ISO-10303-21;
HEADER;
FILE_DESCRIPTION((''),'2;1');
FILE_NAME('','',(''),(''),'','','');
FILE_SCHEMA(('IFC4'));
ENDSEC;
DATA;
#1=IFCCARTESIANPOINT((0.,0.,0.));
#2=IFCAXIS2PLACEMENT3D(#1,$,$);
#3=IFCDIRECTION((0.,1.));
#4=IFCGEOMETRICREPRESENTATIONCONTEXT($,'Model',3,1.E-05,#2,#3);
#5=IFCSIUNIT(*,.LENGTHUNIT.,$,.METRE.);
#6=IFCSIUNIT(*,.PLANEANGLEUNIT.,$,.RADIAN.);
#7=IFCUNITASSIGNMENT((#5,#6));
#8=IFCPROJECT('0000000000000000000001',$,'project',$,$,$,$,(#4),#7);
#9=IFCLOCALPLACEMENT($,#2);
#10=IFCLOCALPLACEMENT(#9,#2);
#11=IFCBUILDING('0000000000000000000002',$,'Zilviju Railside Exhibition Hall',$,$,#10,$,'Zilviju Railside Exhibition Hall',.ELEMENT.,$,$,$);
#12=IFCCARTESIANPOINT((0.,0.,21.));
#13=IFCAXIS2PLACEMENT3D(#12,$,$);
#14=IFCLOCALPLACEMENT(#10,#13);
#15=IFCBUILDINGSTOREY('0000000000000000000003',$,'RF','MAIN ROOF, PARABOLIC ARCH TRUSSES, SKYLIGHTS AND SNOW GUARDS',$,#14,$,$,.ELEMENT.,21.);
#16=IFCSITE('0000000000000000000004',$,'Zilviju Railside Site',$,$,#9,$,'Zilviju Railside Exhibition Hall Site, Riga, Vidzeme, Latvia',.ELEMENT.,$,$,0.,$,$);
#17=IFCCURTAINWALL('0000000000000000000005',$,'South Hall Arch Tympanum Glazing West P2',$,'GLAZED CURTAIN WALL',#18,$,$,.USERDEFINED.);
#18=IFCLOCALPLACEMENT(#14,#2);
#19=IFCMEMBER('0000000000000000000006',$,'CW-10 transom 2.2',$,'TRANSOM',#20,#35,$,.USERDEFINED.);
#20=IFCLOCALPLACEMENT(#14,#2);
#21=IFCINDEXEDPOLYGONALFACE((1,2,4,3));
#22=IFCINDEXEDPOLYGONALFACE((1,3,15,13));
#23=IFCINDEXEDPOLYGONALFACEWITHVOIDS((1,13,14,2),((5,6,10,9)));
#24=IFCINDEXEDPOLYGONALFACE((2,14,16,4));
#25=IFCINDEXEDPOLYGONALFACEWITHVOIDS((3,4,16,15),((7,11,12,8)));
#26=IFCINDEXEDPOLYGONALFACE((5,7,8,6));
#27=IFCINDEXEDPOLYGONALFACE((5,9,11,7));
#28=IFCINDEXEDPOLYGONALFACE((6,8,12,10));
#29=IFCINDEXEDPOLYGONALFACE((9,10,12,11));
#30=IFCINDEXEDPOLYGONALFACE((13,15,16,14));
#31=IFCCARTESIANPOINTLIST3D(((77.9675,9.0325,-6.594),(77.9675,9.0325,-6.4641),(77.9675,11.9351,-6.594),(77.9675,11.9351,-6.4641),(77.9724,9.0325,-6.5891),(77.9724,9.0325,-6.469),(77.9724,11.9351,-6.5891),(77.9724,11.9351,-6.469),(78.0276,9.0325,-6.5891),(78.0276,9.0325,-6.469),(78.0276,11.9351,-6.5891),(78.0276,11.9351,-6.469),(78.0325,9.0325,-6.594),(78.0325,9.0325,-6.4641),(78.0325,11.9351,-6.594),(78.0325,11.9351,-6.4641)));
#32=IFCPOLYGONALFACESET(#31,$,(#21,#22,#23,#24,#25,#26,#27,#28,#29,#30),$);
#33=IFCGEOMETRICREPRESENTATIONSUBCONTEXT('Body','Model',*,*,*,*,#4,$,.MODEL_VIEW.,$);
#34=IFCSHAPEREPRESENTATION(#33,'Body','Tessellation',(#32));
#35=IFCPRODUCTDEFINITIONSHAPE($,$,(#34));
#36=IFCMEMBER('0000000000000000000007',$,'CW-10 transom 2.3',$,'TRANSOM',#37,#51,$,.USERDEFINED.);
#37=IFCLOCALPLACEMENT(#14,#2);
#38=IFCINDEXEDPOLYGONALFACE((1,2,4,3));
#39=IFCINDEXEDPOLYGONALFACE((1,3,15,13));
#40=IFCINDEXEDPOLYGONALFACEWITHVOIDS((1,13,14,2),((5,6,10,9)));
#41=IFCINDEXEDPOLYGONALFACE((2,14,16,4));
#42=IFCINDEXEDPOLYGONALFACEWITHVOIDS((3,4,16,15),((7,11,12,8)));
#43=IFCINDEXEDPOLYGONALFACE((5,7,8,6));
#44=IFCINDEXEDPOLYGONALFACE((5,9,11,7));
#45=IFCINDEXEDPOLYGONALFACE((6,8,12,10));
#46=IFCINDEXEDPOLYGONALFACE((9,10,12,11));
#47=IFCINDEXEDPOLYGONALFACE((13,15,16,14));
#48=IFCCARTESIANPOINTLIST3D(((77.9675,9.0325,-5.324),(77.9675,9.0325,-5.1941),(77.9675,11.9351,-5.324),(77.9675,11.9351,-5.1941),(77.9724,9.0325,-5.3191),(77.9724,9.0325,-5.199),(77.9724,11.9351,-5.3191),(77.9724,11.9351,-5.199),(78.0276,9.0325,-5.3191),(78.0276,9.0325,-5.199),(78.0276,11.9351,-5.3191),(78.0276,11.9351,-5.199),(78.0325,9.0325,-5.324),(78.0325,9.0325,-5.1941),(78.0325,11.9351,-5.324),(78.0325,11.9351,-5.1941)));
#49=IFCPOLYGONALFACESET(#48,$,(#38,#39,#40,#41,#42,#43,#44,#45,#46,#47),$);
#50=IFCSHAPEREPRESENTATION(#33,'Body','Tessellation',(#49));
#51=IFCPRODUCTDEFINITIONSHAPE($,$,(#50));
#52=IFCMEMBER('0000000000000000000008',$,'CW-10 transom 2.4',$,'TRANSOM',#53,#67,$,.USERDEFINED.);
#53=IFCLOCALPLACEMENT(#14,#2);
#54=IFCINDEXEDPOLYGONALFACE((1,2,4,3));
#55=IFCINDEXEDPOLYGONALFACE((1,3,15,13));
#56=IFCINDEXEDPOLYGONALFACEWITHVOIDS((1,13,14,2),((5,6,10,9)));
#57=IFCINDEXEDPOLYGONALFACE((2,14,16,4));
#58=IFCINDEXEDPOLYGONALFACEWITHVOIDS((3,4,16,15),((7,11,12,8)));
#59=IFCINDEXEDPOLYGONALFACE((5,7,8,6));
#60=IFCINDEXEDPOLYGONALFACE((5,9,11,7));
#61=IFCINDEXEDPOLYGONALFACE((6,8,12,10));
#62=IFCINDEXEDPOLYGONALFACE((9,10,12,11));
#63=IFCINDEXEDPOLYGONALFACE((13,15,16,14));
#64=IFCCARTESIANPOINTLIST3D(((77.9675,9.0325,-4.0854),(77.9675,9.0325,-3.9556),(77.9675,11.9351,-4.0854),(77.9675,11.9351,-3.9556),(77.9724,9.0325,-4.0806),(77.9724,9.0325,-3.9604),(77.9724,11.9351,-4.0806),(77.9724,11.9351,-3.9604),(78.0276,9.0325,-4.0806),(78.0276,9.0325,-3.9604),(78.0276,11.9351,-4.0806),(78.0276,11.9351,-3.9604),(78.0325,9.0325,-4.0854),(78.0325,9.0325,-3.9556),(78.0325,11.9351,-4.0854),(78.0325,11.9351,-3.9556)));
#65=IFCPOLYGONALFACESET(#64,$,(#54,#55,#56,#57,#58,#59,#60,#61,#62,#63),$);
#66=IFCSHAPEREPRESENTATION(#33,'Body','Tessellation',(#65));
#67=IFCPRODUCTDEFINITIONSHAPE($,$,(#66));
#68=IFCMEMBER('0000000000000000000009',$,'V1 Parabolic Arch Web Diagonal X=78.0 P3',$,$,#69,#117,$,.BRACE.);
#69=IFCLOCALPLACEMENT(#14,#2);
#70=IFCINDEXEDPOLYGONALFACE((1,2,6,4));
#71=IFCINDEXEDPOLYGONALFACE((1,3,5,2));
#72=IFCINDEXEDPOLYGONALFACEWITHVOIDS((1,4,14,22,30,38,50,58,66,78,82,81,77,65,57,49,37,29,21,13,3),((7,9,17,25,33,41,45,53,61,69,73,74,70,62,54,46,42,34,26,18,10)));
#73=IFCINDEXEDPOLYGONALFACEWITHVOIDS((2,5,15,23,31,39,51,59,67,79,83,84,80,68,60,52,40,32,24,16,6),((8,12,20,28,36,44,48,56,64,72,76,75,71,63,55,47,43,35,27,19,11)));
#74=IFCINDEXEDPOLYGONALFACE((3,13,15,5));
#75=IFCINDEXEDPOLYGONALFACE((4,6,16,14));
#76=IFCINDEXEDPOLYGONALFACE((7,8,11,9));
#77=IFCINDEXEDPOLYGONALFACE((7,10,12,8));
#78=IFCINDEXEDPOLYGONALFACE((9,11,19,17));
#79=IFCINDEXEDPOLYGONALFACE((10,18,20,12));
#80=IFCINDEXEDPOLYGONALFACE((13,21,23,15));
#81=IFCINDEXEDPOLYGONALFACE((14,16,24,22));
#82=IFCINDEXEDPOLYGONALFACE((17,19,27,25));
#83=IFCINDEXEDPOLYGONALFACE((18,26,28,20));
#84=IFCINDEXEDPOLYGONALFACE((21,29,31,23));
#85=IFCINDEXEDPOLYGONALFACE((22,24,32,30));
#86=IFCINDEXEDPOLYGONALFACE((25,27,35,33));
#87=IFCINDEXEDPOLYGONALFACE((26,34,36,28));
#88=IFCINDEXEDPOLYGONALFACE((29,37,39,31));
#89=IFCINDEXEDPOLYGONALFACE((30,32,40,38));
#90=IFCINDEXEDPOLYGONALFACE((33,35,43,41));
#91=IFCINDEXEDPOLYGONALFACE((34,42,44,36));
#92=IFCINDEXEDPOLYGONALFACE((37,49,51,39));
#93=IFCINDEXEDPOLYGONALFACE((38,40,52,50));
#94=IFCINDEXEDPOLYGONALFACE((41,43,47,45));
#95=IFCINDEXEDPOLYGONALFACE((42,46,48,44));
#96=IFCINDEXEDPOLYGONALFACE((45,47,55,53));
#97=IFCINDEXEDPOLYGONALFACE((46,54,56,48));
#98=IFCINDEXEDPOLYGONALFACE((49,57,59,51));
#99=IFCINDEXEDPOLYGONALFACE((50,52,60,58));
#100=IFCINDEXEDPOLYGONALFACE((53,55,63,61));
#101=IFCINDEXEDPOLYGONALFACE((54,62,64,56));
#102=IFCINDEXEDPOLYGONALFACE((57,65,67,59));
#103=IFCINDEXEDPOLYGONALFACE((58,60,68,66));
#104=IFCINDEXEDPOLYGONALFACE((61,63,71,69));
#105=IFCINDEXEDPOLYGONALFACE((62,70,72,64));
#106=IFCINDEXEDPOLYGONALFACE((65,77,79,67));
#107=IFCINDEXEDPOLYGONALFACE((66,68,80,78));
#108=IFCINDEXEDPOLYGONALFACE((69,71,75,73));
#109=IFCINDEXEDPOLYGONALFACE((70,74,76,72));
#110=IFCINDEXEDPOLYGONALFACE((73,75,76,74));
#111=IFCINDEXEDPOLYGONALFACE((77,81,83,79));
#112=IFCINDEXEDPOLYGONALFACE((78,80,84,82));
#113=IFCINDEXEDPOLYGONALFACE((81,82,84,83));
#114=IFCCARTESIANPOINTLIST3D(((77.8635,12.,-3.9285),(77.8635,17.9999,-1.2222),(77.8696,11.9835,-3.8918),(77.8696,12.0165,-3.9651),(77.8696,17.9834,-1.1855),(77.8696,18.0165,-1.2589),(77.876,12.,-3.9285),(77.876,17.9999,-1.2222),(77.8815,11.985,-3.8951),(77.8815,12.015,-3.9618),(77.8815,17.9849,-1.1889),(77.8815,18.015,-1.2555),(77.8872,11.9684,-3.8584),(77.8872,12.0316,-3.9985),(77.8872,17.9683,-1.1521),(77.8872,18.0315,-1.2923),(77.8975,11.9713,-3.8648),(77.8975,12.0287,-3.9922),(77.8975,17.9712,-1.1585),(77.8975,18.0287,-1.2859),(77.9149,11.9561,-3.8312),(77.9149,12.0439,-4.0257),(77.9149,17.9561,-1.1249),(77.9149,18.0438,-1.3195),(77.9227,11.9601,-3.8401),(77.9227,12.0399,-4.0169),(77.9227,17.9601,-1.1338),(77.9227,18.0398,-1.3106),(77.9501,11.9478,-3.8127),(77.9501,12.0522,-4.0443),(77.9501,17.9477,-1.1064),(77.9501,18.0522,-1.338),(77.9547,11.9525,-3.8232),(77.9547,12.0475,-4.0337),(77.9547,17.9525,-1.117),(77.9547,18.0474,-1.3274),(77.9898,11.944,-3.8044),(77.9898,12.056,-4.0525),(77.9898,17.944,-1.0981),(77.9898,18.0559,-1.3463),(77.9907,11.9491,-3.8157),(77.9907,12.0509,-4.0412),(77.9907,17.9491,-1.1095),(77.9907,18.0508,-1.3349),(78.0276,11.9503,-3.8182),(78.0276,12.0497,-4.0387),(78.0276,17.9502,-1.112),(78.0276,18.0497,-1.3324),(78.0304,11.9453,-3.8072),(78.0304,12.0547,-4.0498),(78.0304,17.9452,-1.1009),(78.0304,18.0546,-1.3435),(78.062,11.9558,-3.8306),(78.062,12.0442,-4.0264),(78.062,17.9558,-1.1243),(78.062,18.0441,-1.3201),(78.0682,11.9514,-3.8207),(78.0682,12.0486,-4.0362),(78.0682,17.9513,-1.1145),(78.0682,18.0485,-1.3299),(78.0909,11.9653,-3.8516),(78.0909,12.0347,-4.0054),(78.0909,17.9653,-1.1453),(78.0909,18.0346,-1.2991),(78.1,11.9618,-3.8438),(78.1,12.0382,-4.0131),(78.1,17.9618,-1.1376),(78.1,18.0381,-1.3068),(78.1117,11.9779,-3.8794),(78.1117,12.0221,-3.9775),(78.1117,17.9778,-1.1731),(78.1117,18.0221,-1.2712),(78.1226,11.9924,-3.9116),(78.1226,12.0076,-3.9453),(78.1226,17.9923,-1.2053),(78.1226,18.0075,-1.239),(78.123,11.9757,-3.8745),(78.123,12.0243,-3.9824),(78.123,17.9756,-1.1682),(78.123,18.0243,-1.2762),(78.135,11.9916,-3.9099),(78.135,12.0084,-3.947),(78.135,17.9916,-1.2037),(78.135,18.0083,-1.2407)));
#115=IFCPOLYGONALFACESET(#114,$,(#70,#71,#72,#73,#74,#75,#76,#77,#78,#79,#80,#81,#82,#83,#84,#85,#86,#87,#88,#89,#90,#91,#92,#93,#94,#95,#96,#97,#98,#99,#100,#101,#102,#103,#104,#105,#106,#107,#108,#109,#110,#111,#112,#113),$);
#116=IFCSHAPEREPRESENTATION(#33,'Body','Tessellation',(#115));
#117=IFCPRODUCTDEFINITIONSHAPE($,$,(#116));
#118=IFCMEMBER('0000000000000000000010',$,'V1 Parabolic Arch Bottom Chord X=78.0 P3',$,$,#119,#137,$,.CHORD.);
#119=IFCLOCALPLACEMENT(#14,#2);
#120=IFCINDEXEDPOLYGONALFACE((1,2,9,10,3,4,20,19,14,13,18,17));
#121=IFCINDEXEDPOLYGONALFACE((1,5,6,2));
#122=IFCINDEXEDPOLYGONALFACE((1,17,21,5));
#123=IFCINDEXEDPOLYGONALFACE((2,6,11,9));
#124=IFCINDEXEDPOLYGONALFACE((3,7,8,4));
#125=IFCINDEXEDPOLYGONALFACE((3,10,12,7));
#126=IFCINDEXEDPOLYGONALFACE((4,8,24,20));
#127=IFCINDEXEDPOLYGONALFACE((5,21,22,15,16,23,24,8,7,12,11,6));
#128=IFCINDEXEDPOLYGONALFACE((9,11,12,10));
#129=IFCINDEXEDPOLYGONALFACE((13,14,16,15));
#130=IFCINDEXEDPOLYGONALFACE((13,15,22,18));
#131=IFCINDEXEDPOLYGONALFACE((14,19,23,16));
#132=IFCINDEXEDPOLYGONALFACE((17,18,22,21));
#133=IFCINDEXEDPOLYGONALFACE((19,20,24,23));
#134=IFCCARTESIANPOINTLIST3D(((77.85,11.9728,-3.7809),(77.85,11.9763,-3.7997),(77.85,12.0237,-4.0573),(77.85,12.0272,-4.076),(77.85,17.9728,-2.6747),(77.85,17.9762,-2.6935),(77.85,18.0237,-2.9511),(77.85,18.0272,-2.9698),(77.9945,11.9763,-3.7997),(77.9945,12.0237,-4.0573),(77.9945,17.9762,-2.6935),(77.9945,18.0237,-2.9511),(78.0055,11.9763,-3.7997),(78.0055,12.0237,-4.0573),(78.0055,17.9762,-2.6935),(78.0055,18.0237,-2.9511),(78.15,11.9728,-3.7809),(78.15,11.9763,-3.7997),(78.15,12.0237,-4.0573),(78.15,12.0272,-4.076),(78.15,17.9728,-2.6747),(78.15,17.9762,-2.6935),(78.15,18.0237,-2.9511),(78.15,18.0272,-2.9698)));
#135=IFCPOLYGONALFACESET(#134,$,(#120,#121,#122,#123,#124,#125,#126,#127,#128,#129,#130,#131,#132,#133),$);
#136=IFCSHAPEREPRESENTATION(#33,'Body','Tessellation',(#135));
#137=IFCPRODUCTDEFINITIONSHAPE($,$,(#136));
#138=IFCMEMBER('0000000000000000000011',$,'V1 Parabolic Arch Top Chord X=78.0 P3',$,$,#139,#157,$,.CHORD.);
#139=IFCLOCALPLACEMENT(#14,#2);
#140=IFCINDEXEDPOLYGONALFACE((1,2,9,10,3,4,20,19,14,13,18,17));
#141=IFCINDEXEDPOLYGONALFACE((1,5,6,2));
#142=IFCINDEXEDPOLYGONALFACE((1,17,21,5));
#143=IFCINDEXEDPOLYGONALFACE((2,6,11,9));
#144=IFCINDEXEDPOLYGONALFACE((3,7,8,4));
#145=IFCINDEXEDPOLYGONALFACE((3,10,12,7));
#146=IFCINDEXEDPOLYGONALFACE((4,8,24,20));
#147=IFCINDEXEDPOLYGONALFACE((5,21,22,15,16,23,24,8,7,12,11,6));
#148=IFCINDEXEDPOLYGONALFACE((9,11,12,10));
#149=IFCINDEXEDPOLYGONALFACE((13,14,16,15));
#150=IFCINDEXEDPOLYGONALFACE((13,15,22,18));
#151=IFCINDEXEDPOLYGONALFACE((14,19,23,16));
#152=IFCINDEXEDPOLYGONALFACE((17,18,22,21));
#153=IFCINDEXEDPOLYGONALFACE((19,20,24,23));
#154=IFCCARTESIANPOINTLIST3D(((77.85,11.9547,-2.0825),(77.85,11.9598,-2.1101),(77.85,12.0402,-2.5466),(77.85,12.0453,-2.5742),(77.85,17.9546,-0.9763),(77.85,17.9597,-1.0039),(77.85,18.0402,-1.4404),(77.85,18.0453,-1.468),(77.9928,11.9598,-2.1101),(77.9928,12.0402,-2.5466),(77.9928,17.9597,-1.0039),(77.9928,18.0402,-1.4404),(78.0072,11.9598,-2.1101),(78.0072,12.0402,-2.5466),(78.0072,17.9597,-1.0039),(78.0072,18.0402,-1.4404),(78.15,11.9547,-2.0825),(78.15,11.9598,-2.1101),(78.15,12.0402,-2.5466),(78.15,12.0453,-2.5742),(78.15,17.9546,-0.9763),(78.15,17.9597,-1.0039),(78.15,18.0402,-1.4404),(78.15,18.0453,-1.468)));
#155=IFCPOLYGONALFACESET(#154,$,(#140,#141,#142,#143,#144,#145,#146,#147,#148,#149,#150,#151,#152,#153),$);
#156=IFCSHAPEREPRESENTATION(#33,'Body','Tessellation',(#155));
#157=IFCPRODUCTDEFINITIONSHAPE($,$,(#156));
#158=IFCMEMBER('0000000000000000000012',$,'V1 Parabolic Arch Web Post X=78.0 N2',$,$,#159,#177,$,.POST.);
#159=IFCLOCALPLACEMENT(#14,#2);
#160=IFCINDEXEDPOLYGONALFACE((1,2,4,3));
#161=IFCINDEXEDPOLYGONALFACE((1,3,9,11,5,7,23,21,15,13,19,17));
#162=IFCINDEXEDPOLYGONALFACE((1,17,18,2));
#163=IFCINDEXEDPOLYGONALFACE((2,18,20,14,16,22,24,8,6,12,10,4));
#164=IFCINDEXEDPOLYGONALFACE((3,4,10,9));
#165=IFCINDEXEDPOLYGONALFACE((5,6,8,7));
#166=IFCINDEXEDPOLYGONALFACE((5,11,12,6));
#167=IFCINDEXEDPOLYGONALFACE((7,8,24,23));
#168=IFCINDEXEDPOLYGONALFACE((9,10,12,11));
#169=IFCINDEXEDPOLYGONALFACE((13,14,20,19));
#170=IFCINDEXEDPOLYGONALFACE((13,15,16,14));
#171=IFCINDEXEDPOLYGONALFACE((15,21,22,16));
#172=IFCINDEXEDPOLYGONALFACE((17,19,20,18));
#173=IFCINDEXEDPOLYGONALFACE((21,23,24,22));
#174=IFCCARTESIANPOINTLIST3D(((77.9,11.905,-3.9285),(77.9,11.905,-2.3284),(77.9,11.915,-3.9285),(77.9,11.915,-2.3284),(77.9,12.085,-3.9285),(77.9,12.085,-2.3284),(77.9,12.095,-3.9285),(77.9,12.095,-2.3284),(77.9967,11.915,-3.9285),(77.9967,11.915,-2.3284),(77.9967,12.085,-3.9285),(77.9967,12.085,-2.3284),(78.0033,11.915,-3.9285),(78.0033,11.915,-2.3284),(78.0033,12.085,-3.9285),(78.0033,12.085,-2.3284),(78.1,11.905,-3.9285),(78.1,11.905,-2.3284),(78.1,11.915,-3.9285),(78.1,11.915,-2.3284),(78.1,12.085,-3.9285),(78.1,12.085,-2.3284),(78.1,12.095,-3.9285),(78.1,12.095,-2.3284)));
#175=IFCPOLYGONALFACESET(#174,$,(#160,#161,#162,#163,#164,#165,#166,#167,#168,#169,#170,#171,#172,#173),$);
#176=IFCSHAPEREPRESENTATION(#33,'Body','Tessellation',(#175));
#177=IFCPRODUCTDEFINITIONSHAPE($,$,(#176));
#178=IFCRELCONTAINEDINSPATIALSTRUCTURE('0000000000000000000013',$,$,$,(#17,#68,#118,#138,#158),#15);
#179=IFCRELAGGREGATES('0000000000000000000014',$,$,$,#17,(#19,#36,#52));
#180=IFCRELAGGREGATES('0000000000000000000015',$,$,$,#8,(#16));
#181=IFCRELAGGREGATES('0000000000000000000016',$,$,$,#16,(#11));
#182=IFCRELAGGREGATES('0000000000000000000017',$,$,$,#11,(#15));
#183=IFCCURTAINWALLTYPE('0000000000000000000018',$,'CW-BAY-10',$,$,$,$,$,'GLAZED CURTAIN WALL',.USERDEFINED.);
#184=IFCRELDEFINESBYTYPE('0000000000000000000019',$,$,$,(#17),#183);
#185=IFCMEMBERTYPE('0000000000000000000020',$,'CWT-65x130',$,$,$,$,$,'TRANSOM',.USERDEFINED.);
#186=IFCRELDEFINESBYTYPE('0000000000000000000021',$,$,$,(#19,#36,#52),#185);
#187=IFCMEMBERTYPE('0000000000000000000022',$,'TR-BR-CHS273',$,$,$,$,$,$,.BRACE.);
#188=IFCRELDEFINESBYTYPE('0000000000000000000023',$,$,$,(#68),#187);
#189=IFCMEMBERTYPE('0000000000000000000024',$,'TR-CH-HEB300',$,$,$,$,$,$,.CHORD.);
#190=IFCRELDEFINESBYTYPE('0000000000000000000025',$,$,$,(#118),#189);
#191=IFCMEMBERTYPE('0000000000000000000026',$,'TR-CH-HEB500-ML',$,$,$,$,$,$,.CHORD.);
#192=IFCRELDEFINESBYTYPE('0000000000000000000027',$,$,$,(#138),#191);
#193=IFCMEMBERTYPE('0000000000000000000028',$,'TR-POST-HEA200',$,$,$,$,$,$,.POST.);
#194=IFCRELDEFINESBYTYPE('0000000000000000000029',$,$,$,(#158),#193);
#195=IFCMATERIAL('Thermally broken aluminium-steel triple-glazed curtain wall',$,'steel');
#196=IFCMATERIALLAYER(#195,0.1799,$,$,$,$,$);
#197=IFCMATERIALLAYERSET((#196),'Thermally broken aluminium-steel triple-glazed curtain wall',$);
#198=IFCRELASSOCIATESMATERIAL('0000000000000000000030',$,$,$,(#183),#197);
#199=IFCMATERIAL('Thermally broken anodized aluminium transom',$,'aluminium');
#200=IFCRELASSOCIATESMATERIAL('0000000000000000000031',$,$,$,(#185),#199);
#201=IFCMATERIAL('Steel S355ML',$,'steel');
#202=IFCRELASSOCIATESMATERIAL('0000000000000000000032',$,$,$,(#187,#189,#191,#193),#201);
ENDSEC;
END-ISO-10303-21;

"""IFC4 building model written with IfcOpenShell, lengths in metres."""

from ifc_helpers import new_model, si_unit, direction, frame, origin, origin_2d, place, context, subcontext, project, spatial, hollow_rectangle, hollow_circle, i_section, extrude, material, layer, layer_set, material_profile, profile_set, type_object, element, aggregate, save


model = new_model("IFC4")

# Units and contexts
model_context = context("Model", 3, precision=1e-05, world=origin(), true_north=direction((0.0, 1.0)))
body_context = subcontext(model_context, "Body", "Model", "MODEL_VIEW")
ifc_project = project(units=[si_unit("LENGTHUNIT", "METRE"), si_unit("PLANEANGLEUNIT", "RADIAN")], contexts=[model_context])

# Site, building, storey
site_placement = place(None, origin())
site = spatial("IfcSite", under=ifc_project, at=site_placement, Name="Zilviju Railside Site", LongName="Zilviju Railside Exhibition Hall Site, Riga, Vidzeme, Latvia", CompositionType="ELEMENT", RefElevation=0.0)
building_placement = place(site_placement, origin())
building = spatial("IfcBuilding", under=site, at=building_placement, Name="Zilviju Railside Exhibition Hall", LongName="Zilviju Railside Exhibition Hall", CompositionType="ELEMENT")
storey_placement = place(building_placement, frame((0.0, 0.0, 21.0)))
storey = spatial("IfcBuildingStorey", under=building, at=storey_placement, Name="RF", Description="MAIN ROOF, PARABOLIC ARCH TRUSSES, SKYLIGHTS AND SNOW GUARDS", CompositionType="ELEMENT", Elevation=21.0)

# Shared definitions
ifc_material_1 = material(Name="Thermally broken aluminium-steel triple-glazed curtain wall", Category="steel")

# Curtain wall
ifc_layer_1 = layer(ifc_material_1, 0.1799)
ifc_layer_set_1 = layer_set([ifc_layer_1], Name="Thermally broken aluminium-steel triple-glazed curtain wall")
curtain_wall_type_1 = type_object("IfcCurtainWallType", Name="CW-BAY-10", ElementType="GLAZED CURTAIN WALL", PredefinedType="USERDEFINED", material=ifc_layer_set_1)
curtain_wall_1_placement = place(storey_placement, origin())
curtain_wall_1 = element("IfcCurtainWall", 1, at=curtain_wall_1_placement, inside=storey, type_object=curtain_wall_type_1, Name="South Hall Arch Tympanum Glazing West P2", ObjectType="GLAZED CURTAIN WALL", PredefinedType="USERDEFINED")

# Members
ifc_material_2 = material(Name="Thermally broken anodized aluminium transom", Category="aluminium")
ifc_material_profile_1 = material_profile(ifc_material_2, hollow_rectangle(XDim=0.0649, YDim=0.1299, WallThickness=0.0049, at=origin_2d()), Name="TRANSOM 130x65x5")
ifc_profile_set_1 = profile_set([ifc_material_profile_1], Name="Thermally broken anodized aluminium transom")
member_type_1 = type_object("IfcMemberType", Name="CWT-65x130", ElementType="TRANSOM", PredefinedType="USERDEFINED", material=ifc_profile_set_1)
member_1_placement = place(storey_placement, frame((78.0, 9.0325, -6.5291), z_axis=(0.0, 1.0, 0.0), x_axis=(-1.0, 0.0, 0.0)))
member_1 = element("IfcMember", 2, at=member_1_placement, type_object=member_type_1, Name="CW-10 transom 2.2", ObjectType="TRANSOM", PredefinedType="USERDEFINED", context=body_context, shape_type="SweptSolid", body=[
    extrude(hollow_rectangle(XDim=0.0649, YDim=0.1299, WallThickness=0.0049, at=origin_2d()), origin(), (0.0, 0.0, 1.0), 2.9026),
])
member_2_placement = place(storey_placement, frame((78.0, 9.0325, -5.259), z_axis=(0.0, 1.0, 0.0), x_axis=(-1.0, 0.0, 0.0)))
member_2 = element("IfcMember", 3, at=member_2_placement, type_object=member_type_1, Name="CW-10 transom 2.3", ObjectType="TRANSOM", PredefinedType="USERDEFINED", context=body_context, shape_type="SweptSolid", body=[
    extrude(hollow_rectangle(XDim=0.0649, YDim=0.1299, WallThickness=0.0049, at=origin_2d()), origin(), (0.0, 0.0, 1.0), 2.9026),
])
member_3_placement = place(storey_placement, frame((78.0, 9.0325, -4.0205), z_axis=(0.0, 1.0, 0.0), x_axis=(-1.0, 0.0, 0.0)))
member_3 = element("IfcMember", 4, at=member_3_placement, type_object=member_type_1, Name="CW-10 transom 2.4", ObjectType="TRANSOM", PredefinedType="USERDEFINED", context=body_context, shape_type="SweptSolid", body=[
    extrude(hollow_rectangle(XDim=0.0649, YDim=0.1299, WallThickness=0.0049, at=origin_2d()), origin(), (0.0, 0.0, 1.0), 2.9026),
])

# Members
ifc_material_3 = material(Name="Steel S355ML", Category="steel")
ifc_material_profile_2 = material_profile(ifc_material_3, hollow_circle(Radius=0.1365, WallThickness=0.0125, at=origin_2d()), Name="CHS 273.0x12.5")
ifc_profile_set_2 = profile_set([ifc_material_profile_2], Name="Steel S355ML")
member_type_2 = type_object("IfcMemberType", Name="TR-BR-CHS273", PredefinedType="BRACE", material=ifc_profile_set_2)
member_4_placement = place(storey_placement, frame((78.0, 12.0, -3.9285), z_axis=(0.0, 0.911563, 0.41116), x_axis=(-1.0, 0.0, 0.0)))
element("IfcMember", 5, at=member_4_placement, inside=storey, type_object=member_type_2, Name="V1 Parabolic Arch Web Diagonal X=78.0 P3", PredefinedType="BRACE", context=body_context, shape_type="SweptSolid", body=[
    extrude(hollow_circle(Radius=0.1365, WallThickness=0.0125, at=origin_2d()), origin(), (0.0, 0.0, 1.0), 6.582),
])
ifc_material_profile_3 = material_profile(ifc_material_3, i_section(OverallWidth=0.3, OverallDepth=0.3, WebThickness=0.011, FlangeThickness=0.019, at=origin_2d()), Name="HEB 300")
ifc_profile_set_3 = profile_set([ifc_material_profile_3], Name="Steel S355ML")
member_type_3 = type_object("IfcMemberType", Name="TR-CH-HEB300", PredefinedType="CHORD", material=ifc_profile_set_3)
member_5_placement = place(storey_placement, frame((78.0, 12.0, -3.9285), z_axis=(0.0, 0.983426, 0.181311), x_axis=(-1.0, 0.0, 0.0)))
element("IfcMember", 6, at=member_5_placement, inside=storey, type_object=member_type_3, Name="V1 Parabolic Arch Bottom Chord X=78.0 P3", PredefinedType="CHORD", context=body_context, shape_type="SweptSolid", body=[
    extrude(i_section(OverallWidth=0.3, OverallDepth=0.3, WebThickness=0.011, FlangeThickness=0.019, at=origin_2d()), origin(), (0.0, 0.0, 1.0), 6.1011),
])
ifc_material_profile_4 = material_profile(ifc_material_3, i_section(OverallWidth=0.3, OverallDepth=0.5, WebThickness=0.0144, FlangeThickness=0.0281, at=origin_2d()), Name="HEB 500")
ifc_profile_set_4 = profile_set([ifc_material_profile_4], Name="Steel S355ML")
member_type_4 = type_object("IfcMemberType", Name="TR-CH-HEB500-ML", PredefinedType="CHORD", material=ifc_profile_set_4)
member_6_placement = place(storey_placement, frame((78.0, 12.0, -2.3284), z_axis=(0.0, 0.983426, 0.181311), x_axis=(-1.0, 0.0, 0.0)))
element("IfcMember", 7, at=member_6_placement, inside=storey, type_object=member_type_4, Name="V1 Parabolic Arch Top Chord X=78.0 P3", PredefinedType="CHORD", context=body_context, shape_type="SweptSolid", body=[
    extrude(i_section(OverallWidth=0.3, OverallDepth=0.5, WebThickness=0.0144, FlangeThickness=0.0281, at=origin_2d()), origin(), (0.0, 0.0, 1.0), 6.1011),
])
ifc_material_profile_5 = material_profile(ifc_material_3, i_section(OverallWidth=0.2, OverallDepth=0.1899, WebThickness=0.0066, FlangeThickness=0.01, at=origin_2d()), Name="HEA 200")
ifc_profile_set_5 = profile_set([ifc_material_profile_5], Name="Steel S355ML")
member_type_5 = type_object("IfcMemberType", Name="TR-POST-HEA200", PredefinedType="POST", material=ifc_profile_set_5)
member_7_placement = place(storey_placement, frame((78.0, 12.0, -3.9285), z_axis=(0.0, 0.0, 1.0), x_axis=(1.0, 0.0, 0.0)))
element("IfcMember", 8, at=member_7_placement, inside=storey, type_object=member_type_5, Name="V1 Parabolic Arch Web Post X=78.0 N2", PredefinedType="POST", context=body_context, shape_type="SweptSolid", body=[
    extrude(i_section(OverallWidth=0.2, OverallDepth=0.1899, WebThickness=0.0066, FlangeThickness=0.01, at=origin_2d()), origin(), (0.0, 0.0, 1.0), 1.6001),
])

aggregate(curtain_wall_1, [member_1, member_2, member_3])

save(model, "model.ifc")
